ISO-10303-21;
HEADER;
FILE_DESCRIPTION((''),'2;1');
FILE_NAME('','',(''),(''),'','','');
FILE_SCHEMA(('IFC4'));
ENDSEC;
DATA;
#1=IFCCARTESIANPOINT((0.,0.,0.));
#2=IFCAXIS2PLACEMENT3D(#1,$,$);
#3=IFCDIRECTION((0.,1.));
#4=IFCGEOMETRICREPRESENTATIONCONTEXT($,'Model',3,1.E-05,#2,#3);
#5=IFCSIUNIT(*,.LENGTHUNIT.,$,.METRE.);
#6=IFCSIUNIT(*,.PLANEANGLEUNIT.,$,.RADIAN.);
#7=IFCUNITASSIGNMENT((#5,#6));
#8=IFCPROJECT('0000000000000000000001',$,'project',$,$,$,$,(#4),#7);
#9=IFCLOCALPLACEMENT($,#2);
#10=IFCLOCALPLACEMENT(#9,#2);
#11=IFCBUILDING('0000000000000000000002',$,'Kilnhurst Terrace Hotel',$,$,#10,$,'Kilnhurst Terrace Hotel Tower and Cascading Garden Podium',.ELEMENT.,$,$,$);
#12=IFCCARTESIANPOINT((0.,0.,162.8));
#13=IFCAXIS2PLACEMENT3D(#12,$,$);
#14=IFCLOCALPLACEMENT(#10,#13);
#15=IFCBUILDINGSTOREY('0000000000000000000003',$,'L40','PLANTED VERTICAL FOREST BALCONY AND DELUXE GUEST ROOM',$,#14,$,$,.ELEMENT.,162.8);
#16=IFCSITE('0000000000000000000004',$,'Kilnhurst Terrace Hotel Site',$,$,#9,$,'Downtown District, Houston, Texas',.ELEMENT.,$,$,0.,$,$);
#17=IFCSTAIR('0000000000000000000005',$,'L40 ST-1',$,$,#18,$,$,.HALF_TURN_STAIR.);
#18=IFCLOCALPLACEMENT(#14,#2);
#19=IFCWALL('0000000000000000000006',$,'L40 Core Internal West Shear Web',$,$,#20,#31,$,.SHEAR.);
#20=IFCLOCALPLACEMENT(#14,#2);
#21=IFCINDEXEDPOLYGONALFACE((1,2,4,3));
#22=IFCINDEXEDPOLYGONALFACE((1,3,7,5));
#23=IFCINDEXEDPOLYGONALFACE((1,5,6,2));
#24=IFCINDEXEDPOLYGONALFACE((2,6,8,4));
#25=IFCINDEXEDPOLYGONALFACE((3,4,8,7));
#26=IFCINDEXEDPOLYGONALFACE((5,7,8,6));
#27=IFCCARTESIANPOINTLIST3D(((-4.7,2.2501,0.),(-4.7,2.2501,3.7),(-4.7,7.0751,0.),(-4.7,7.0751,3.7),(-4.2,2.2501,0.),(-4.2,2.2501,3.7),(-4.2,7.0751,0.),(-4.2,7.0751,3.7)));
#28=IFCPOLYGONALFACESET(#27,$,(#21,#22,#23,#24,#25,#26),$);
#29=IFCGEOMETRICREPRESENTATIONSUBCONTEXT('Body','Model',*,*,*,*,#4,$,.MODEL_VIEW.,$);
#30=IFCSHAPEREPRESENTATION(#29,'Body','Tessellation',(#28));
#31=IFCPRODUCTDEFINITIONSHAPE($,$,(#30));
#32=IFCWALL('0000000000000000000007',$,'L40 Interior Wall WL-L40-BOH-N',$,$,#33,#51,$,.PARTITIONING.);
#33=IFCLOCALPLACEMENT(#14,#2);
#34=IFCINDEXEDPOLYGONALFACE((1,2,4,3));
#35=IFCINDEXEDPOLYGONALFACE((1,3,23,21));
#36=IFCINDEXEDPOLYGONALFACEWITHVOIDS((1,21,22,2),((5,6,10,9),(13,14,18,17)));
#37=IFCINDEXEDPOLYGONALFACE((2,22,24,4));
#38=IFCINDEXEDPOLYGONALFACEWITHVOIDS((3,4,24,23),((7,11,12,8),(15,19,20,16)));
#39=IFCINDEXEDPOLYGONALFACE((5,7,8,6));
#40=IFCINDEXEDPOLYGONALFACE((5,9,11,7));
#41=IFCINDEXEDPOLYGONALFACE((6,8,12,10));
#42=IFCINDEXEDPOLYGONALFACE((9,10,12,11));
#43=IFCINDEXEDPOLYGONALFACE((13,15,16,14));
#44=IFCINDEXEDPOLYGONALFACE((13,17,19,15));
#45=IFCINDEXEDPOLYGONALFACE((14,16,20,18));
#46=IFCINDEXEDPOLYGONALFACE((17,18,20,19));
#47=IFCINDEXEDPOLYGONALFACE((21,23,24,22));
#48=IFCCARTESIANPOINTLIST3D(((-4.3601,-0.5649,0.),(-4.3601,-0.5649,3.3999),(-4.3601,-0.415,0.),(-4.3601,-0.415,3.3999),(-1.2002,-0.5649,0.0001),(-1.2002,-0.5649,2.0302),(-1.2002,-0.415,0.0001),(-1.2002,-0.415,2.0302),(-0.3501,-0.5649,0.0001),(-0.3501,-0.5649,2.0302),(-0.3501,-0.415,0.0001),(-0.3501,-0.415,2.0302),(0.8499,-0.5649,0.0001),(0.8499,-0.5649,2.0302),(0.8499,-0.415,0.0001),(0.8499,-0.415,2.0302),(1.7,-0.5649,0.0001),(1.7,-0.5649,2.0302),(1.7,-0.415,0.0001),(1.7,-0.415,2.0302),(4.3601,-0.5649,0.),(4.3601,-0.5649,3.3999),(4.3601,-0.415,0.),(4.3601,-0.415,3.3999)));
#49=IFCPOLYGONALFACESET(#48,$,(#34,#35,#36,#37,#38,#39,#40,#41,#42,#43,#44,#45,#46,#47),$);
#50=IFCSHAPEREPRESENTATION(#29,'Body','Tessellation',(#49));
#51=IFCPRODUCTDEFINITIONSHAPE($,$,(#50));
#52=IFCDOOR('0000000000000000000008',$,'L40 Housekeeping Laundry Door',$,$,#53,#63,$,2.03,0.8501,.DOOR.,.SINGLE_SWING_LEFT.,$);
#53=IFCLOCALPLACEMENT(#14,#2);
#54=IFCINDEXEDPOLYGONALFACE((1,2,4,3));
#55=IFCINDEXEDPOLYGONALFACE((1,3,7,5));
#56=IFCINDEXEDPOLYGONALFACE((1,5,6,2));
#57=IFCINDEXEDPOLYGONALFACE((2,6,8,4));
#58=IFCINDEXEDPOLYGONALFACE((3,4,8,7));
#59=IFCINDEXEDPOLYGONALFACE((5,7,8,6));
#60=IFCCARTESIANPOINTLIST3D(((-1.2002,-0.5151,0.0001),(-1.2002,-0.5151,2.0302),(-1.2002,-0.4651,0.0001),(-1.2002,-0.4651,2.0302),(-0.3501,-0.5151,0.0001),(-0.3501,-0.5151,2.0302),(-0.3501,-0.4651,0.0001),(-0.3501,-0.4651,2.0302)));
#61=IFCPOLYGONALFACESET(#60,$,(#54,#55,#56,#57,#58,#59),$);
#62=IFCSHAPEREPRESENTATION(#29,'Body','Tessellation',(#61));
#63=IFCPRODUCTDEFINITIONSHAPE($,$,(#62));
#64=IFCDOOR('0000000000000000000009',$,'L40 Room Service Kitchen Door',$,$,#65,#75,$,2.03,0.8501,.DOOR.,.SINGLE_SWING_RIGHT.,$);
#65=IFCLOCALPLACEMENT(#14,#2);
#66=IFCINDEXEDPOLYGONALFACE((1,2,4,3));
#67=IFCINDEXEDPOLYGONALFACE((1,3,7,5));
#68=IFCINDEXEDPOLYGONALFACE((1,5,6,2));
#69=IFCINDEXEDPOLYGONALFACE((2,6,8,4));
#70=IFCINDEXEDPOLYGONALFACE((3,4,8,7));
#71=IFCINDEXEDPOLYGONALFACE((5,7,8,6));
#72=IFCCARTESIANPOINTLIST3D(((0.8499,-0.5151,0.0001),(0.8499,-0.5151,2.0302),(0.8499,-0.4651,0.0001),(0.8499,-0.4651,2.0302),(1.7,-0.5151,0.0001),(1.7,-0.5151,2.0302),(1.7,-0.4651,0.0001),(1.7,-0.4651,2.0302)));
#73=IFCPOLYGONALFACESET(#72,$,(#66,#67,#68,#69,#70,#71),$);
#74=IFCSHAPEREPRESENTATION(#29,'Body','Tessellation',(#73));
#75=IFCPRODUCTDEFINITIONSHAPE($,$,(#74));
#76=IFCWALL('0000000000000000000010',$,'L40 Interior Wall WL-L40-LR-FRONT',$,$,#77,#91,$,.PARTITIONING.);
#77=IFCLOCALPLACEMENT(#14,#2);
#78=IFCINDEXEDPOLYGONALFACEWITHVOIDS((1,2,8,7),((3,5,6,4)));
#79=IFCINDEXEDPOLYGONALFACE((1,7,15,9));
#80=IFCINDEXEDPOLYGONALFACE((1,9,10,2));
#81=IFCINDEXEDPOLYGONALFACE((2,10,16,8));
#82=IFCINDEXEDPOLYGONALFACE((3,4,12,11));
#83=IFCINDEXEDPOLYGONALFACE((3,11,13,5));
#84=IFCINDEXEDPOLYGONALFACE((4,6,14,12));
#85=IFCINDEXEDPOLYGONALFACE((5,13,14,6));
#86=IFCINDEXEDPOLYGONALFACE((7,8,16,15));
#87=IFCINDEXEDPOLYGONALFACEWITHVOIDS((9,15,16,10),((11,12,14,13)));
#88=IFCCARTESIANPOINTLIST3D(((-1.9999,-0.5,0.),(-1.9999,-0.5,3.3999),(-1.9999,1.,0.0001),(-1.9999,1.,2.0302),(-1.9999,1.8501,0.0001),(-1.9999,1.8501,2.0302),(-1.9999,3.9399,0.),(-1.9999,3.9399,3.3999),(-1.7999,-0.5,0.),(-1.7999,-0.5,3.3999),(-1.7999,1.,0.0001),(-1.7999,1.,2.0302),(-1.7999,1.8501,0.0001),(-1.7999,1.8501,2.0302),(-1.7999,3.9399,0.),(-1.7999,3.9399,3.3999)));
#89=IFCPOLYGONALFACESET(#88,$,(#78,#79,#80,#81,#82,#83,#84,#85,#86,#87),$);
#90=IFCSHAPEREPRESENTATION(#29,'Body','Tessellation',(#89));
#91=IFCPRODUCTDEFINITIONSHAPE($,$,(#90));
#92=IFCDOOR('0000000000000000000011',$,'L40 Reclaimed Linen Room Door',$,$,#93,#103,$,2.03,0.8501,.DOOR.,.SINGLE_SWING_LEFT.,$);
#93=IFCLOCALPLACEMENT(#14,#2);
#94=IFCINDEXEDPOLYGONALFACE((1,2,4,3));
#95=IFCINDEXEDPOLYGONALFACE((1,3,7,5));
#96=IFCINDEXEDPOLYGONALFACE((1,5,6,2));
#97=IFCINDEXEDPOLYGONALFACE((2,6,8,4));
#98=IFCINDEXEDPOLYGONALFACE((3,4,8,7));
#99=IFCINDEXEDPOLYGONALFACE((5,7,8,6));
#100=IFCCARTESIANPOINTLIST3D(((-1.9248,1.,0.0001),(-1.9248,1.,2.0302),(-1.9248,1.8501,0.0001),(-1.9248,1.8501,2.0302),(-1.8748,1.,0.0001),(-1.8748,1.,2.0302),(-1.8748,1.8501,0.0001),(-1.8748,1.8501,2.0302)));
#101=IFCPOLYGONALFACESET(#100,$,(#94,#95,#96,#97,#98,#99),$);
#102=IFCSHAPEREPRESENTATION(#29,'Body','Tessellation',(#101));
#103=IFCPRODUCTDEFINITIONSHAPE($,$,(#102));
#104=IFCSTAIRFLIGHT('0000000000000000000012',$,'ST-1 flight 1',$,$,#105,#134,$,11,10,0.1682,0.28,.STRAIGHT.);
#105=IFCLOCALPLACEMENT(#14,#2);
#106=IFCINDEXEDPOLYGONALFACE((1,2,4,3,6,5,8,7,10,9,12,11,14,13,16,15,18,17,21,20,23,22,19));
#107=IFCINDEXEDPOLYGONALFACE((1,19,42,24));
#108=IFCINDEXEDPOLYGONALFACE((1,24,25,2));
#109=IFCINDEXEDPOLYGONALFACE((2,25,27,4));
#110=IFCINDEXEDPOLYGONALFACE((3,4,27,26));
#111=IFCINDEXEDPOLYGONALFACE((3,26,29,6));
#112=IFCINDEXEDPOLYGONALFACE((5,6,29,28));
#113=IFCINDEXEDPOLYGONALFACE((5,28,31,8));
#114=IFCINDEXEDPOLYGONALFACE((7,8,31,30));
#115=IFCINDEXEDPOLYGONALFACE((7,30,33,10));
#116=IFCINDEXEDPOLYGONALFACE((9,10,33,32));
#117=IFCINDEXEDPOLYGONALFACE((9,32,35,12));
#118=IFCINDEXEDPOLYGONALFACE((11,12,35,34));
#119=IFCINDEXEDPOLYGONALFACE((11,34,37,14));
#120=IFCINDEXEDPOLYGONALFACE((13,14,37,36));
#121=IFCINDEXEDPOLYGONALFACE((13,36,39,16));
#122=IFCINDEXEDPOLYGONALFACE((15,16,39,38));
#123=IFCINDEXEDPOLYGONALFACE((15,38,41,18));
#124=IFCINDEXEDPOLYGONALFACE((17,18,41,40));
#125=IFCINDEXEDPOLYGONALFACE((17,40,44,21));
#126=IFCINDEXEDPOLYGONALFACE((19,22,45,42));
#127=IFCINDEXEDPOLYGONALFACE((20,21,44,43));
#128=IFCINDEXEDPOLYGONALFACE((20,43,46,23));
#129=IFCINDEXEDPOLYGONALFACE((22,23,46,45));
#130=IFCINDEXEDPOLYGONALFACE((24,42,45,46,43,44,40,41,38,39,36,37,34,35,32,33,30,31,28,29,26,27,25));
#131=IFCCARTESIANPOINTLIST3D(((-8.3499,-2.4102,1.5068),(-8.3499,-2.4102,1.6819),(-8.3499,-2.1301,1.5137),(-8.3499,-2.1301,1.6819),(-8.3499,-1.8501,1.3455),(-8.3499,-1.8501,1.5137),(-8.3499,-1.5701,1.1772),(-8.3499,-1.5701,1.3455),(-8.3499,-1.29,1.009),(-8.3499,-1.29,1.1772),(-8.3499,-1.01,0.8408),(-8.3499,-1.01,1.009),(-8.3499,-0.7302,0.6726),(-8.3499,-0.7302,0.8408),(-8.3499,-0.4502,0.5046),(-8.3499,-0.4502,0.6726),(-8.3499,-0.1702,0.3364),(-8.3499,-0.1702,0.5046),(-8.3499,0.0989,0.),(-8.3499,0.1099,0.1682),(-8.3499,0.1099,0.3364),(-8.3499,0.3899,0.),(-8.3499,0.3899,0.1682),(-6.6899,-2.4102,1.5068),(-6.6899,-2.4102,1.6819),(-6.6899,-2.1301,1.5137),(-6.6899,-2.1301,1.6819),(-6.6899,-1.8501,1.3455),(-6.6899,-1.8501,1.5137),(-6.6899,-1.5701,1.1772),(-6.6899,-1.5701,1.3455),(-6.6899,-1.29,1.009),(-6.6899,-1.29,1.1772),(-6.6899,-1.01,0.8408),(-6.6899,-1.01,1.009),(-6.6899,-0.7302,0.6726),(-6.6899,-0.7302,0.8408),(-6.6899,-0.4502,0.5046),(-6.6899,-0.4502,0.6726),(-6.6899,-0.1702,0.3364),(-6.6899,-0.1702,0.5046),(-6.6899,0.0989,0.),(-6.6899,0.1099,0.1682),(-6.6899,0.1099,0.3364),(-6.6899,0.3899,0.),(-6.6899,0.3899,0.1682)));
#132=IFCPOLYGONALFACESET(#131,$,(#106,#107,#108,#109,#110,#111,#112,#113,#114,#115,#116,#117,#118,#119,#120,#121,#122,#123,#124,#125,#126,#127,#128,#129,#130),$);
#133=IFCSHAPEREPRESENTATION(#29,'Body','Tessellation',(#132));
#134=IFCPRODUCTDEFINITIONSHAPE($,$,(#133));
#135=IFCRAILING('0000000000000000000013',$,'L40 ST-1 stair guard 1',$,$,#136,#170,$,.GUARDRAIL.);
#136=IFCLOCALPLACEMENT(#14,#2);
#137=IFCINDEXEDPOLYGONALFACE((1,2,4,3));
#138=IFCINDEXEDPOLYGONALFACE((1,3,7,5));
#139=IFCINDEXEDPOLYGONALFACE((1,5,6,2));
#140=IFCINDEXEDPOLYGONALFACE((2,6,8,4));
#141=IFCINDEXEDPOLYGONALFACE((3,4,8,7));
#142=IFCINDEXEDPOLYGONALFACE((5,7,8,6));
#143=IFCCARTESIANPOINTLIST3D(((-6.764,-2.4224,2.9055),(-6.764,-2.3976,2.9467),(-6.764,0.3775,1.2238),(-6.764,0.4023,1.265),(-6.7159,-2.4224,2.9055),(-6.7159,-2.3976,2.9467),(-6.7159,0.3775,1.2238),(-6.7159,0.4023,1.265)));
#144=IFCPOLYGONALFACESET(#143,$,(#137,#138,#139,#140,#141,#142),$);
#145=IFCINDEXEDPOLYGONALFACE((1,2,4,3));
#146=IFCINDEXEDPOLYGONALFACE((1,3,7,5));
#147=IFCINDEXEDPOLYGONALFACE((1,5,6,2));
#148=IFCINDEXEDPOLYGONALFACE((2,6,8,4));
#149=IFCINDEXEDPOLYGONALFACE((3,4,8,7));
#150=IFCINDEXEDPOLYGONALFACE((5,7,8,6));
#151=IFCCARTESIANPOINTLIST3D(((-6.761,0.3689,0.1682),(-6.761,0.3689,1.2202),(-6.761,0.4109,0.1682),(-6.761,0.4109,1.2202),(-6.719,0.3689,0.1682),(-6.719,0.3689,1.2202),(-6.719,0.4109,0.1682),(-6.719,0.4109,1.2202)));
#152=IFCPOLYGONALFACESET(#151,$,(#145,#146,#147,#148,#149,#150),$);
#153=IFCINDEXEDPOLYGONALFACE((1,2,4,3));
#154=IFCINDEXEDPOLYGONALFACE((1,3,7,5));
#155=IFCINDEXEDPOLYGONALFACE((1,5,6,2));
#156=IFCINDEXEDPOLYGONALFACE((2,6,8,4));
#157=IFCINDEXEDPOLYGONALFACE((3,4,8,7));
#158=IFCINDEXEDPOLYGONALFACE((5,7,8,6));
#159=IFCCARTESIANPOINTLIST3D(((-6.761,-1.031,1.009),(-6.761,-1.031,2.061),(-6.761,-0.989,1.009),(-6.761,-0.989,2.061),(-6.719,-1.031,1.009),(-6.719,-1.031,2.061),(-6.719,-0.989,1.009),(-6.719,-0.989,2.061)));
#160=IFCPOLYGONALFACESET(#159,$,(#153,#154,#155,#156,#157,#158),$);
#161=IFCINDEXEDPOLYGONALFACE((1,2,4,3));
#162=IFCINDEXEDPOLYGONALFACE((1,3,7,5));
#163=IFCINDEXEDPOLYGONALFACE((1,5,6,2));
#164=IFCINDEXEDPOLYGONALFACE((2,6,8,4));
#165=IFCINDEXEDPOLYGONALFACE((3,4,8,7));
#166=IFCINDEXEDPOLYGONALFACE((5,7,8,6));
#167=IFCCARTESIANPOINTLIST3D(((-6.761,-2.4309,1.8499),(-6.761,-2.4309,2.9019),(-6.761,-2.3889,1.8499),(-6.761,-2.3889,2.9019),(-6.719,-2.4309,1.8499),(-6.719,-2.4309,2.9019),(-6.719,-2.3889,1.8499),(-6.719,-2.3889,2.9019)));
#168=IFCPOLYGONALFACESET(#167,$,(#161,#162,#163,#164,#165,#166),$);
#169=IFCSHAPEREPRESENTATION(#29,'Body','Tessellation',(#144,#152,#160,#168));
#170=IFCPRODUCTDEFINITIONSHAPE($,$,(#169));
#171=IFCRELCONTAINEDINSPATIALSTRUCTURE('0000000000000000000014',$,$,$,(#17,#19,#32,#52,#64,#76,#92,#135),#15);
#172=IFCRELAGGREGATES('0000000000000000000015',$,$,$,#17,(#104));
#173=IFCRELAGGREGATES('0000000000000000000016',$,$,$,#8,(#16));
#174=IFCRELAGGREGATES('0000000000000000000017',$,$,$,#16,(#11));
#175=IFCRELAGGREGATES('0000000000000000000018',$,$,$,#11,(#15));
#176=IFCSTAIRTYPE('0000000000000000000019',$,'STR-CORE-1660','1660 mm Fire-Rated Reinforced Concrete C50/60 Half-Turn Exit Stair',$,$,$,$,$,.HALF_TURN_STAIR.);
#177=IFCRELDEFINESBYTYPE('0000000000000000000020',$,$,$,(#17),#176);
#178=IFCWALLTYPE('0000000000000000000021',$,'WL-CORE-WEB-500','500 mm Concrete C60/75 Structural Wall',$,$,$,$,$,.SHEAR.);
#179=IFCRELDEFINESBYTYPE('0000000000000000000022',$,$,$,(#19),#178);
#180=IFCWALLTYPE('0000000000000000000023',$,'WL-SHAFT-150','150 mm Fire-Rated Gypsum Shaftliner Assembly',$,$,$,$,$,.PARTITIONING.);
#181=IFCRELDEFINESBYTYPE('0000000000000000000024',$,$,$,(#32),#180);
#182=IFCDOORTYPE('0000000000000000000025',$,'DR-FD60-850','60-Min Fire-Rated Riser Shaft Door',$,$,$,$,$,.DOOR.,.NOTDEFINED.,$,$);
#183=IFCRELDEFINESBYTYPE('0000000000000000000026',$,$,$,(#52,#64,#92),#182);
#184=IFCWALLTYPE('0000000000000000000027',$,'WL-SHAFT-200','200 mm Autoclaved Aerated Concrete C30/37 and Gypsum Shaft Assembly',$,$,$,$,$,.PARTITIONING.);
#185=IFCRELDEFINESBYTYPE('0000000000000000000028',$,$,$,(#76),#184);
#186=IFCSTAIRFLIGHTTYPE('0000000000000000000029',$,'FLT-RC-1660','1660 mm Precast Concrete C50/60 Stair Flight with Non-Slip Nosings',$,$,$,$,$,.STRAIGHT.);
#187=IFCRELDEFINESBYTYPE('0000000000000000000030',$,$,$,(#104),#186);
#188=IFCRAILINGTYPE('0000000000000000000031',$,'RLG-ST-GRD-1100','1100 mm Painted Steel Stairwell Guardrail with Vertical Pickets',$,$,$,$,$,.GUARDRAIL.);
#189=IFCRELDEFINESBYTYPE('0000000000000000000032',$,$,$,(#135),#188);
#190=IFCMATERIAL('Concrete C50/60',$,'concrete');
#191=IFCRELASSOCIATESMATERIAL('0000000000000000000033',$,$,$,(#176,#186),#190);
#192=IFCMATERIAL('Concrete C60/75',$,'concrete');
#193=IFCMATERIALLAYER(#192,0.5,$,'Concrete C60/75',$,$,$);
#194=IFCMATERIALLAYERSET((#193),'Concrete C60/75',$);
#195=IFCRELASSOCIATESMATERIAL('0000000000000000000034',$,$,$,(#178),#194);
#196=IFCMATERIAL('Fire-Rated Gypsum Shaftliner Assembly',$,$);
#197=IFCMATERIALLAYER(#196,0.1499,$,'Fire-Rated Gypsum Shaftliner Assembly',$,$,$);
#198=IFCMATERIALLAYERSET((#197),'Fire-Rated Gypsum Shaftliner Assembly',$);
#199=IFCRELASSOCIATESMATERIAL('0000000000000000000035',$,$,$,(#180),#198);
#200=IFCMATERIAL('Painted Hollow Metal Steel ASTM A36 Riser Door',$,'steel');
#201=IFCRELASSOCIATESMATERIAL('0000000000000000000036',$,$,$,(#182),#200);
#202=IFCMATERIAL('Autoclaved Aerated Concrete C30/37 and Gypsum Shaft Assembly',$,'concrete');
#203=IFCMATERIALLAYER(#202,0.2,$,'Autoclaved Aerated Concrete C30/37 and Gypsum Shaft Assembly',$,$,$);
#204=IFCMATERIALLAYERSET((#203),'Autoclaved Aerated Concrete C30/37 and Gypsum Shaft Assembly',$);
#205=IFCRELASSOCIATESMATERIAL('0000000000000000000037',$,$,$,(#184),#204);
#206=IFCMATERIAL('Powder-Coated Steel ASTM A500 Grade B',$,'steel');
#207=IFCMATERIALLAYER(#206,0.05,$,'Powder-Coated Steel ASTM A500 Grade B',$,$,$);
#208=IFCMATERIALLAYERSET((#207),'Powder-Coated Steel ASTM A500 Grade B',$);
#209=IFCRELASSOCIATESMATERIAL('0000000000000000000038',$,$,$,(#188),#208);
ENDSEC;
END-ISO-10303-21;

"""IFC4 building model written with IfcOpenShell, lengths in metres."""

from ifc_helpers import new_model, si_unit, direction, frame, frame_2d, origin, origin_2d, place, context, subcontext, project, spatial, polyline, rectangle, outline, extrude, material, layer, layer_set, type_object, element, fill, aggregate, save


model = new_model("IFC4")

# Units and contexts
model_context = context("Model", 3, precision=1e-05, world=origin(), true_north=direction((0.0, 1.0)))
body_context = subcontext(model_context, "Body", "Model", "MODEL_VIEW")
ifc_project = project(units=[si_unit("LENGTHUNIT", "METRE"), si_unit("PLANEANGLEUNIT", "RADIAN")], contexts=[model_context])

# Site, building, storey
site_placement = place(None, origin())
site = spatial("IfcSite", under=ifc_project, at=site_placement, Name="Kilnhurst Terrace Hotel Site", LongName="Downtown District, Houston, Texas", CompositionType="ELEMENT", RefElevation=0.0)
building_placement = place(site_placement, origin())
building = spatial("IfcBuilding", under=site, at=building_placement, Name="Kilnhurst Terrace Hotel", LongName="Kilnhurst Terrace Hotel Tower and Cascading Garden Podium", CompositionType="ELEMENT")
storey_placement = place(building_placement, frame((0.0, 0.0, 162.8)))
storey = spatial("IfcBuildingStorey", under=building, at=storey_placement, Name="L40", Description="PLANTED VERTICAL FOREST BALCONY AND DELUXE GUEST ROOM", CompositionType="ELEMENT", Elevation=162.8)

# Shared definitions
ifc_material_1 = material(Name="Concrete C50/60", Category="concrete")

# Stair
stair_type = type_object("IfcStairType", Name="STR-CORE-1660", Description="1660 mm Fire-Rated Reinforced Concrete C50/60 Half-Turn Exit Stair", PredefinedType="HALF_TURN_STAIR", material=ifc_material_1)
stair_1_placement = place(storey_placement, origin())
stair_1 = element("IfcStair", 1, at=stair_1_placement, inside=storey, type_object=stair_type, Name="L40 ST-1", PredefinedType="HALF_TURN_STAIR")

# Wall
ifc_material_2 = material(Name="Concrete C60/75", Category="concrete")
ifc_layer_1 = layer(ifc_material_2, 0.5, Name="Concrete C60/75")
ifc_layer_set_1 = layer_set([ifc_layer_1], Name="Concrete C60/75")
wall_type_1 = type_object("IfcWallType", Name="WL-CORE-WEB-500", Description="500 mm Concrete C60/75 Structural Wall", PredefinedType="SHEAR", material=ifc_layer_set_1)
wall_1_placement = place(storey_placement, frame((-4.45, 2.25, 0.0), z_axis=(0.0, 0.0, 1.0), x_axis=(0.0, 1.0, 0.0)))
element("IfcWall", 2, at=wall_1_placement, inside=storey, type_object=wall_type_1, Name="L40 Core Internal West Shear Web", PredefinedType="SHEAR", context=body_context, shape_type="SweptSolid", body=[
    extrude(rectangle(XDim=4.825, YDim=0.5, at=frame_2d((2.4126, 0.0))), origin(), (0.0, 0.0, 1.0), 3.7),
])

# Wall, openings, doors
ifc_material_3 = material(Name="Fire-Rated Gypsum Shaftliner Assembly")
ifc_layer_2 = layer(ifc_material_3, 0.1499, Name="Fire-Rated Gypsum Shaftliner Assembly")
ifc_layer_set_2 = layer_set([ifc_layer_2], Name="Fire-Rated Gypsum Shaftliner Assembly")
wall_type_2 = type_object("IfcWallType", Name="WL-SHAFT-150", Description="150 mm Fire-Rated Gypsum Shaftliner Assembly", PredefinedType="PARTITIONING", material=ifc_layer_set_2)
wall_2_placement = place(storey_placement, frame((-4.3601, -0.49, 0.0), z_axis=(0.0, 0.0, 1.0), x_axis=(1.0, 0.0, 0.0)))
wall_2 = element("IfcWall", 3, at=wall_2_placement, inside=storey, type_object=wall_type_2, Name="L40 Interior Wall WL-L40-BOH-N", PredefinedType="PARTITIONING", context=body_context, shape_type="SweptSolid", body=[
    extrude(rectangle(XDim=8.7202, YDim=0.1499, at=frame_2d((4.3601, 0.0))), origin(), (0.0, 0.0, 1.0), 3.3999),
])
opening_1_placement = place(wall_2_placement, frame((3.1599, 0.0, 0.0)))
opening_1 = element("IfcOpeningElement", 4, at=opening_1_placement, cuts=wall_2, PredefinedType="OPENING", context=body_context, shape_type="SweptSolid", body=[
    extrude(rectangle(XDim=0.8501, YDim=2.03, at=frame_2d((0.425, 1.0151))), frame((0.0, 0.085, 0.0), z_axis=(0.0, -1.0, 0.0), x_axis=(1.0, 0.0, 0.0)), (0.0, 0.0, 1.0), 0.1699),
])
opening_2_placement = place(wall_2_placement, frame((5.21, 0.0, 0.0)))
opening_2 = element("IfcOpeningElement", 5, at=opening_2_placement, cuts=wall_2, PredefinedType="OPENING", context=body_context, shape_type="SweptSolid", body=[
    extrude(rectangle(XDim=0.8501, YDim=2.03, at=frame_2d((0.425, 1.0151))), frame((0.0, 0.085, 0.0), z_axis=(0.0, -1.0, 0.0), x_axis=(1.0, 0.0, 0.0)), (0.0, 0.0, 1.0), 0.1699),
])
ifc_material_4 = material(Name="Painted Hollow Metal Steel ASTM A36 Riser Door", Category="steel")
door_type_1 = type_object("IfcDoorType", Name="DR-FD60-850", Description="60-Min Fire-Rated Riser Shaft Door", OperationType="NOTDEFINED", PredefinedType="DOOR", material=ifc_material_4)
door_1_placement = place(opening_1_placement, origin())
door_1 = element("IfcDoor", 6, at=door_1_placement, inside=storey, type_object=door_type_1, Name="L40 Housekeeping Laundry Door", OperationType="SINGLE_SWING_LEFT", OverallHeight=2.03, OverallWidth=0.8501, PredefinedType="DOOR", context=body_context, shape_type="SweptSolid", body=[
    extrude(rectangle(XDim=0.8501, YDim=2.03, at=frame_2d((0.425, 1.0151))), frame((0.0, 0.0249, 0.0), z_axis=(0.0, -1.0, 0.0), x_axis=(1.0, 0.0, 0.0)), (0.0, 0.0, 1.0), 0.05),
])
fill(opening_1, door_1)
door_2_placement = place(opening_2_placement, origin())
door_2 = element("IfcDoor", 7, at=door_2_placement, inside=storey, type_object=door_type_1, Name="L40 Room Service Kitchen Door", OperationType="SINGLE_SWING_RIGHT", OverallHeight=2.03, OverallWidth=0.8501, PredefinedType="DOOR", context=body_context, shape_type="SweptSolid", body=[
    extrude(rectangle(XDim=0.8501, YDim=2.03, at=frame_2d((0.425, 1.0151))), frame((0.0, 0.0249, 0.0), z_axis=(0.0, -1.0, 0.0), x_axis=(1.0, 0.0, 0.0)), (0.0, 0.0, 1.0), 0.05),
])
fill(opening_2, door_2)

# Wall, opening, door
ifc_material_5 = material(Name="Autoclaved Aerated Concrete C30/37 and Gypsum Shaft Assembly", Category="concrete")
ifc_layer_3 = layer(ifc_material_5, 0.2, Name="Autoclaved Aerated Concrete C30/37 and Gypsum Shaft Assembly")
ifc_layer_set_3 = layer_set([ifc_layer_3], Name="Autoclaved Aerated Concrete C30/37 and Gypsum Shaft Assembly")
wall_type_3 = type_object("IfcWallType", Name="WL-SHAFT-200", Description="200 mm Autoclaved Aerated Concrete C30/37 and Gypsum Shaft Assembly", PredefinedType="PARTITIONING", material=ifc_layer_set_3)
wall_3_placement = place(storey_placement, frame((-1.8999, -0.5, 0.0), z_axis=(0.0, 0.0, 1.0), x_axis=(0.0, 1.0, 0.0)))
wall_3 = element("IfcWall", 8, at=wall_3_placement, inside=storey, type_object=wall_type_3, Name="L40 Interior Wall WL-L40-LR-FRONT", PredefinedType="PARTITIONING", context=body_context, shape_type="SweptSolid", body=[
    extrude(rectangle(XDim=4.4399, YDim=0.2, at=frame_2d((2.22, 0.0))), origin(), (0.0, 0.0, 1.0), 3.3999),
])
opening_3_placement = place(wall_3_placement, frame((1.5, 0.0, 0.0)))
opening_3 = element("IfcOpeningElement", 9, at=opening_3_placement, cuts=wall_3, PredefinedType="OPENING", context=body_context, shape_type="SweptSolid", body=[
    extrude(rectangle(XDim=0.8501, YDim=2.03, at=frame_2d((0.425, 1.0151))), frame((0.0, 0.1099, 0.0), z_axis=(0.0, -1.0, 0.0), x_axis=(1.0, 0.0, 0.0)), (0.0, 0.0, 1.0), 0.22),
])
door_3_placement = place(opening_3_placement, origin())
door_3 = element("IfcDoor", 10, at=door_3_placement, inside=storey, type_object=door_type_1, Name="L40 Reclaimed Linen Room Door", OperationType="SINGLE_SWING_LEFT", OverallHeight=2.03, OverallWidth=0.8501, PredefinedType="DOOR", context=body_context, shape_type="SweptSolid", body=[
    extrude(rectangle(XDim=0.8501, YDim=2.03, at=frame_2d((0.425, 1.0151))), frame((0.0, 0.0249, 0.0), z_axis=(0.0, -1.0, 0.0), x_axis=(1.0, 0.0, 0.0)), (0.0, 0.0, 1.0), 0.05),
])
fill(opening_3, door_3)

# Stair flight
stair_flight_type = type_object("IfcStairFlightType", Name="FLT-RC-1660", Description="1660 mm Precast Concrete C50/60 Stair Flight with Non-Slip Nosings", PredefinedType="STRAIGHT", material=ifc_material_1)
stair_flight_placement = place(storey_placement, frame((-7.52, 0.3899, 0.0), z_axis=(0.0, 0.0, 1.0), x_axis=(0.0, -1.0, 0.0)))
stair_flight = element("IfcStairFlight", 11, at=stair_flight_placement, type_object=stair_flight_type, Name="ST-1 flight 1", NumberOfRisers=11, NumberOfTreads=10, PredefinedType="STRAIGHT", RiserHeight=0.1682, TreadLength=0.28, context=body_context, shape_type="SweptSolid", body=[
    extrude(outline(polyline([(0.0, 0.0), (0.0, 0.1682), (0.28, 0.1682), (0.28, 0.3364), (0.5601, 0.3364), (0.5601, 0.5046), (0.8401, 0.5046), (0.8401, 0.6726), (1.1201, 0.6726), (1.1201, 0.8408), (1.3999, 0.8408), (1.3999, 1.009), (1.6799, 1.009), (1.6799, 1.1772), (1.96, 1.1772), (1.96, 1.3455), (2.24, 1.3455), (2.24, 1.5137), (2.52, 1.5137), (2.52, 1.6819), (2.8, 1.6819), (2.8, 1.8501), (2.8, 1.5068), (0.291, 0.0), (0.0, 0.0)])), frame((0.0, 0.8301, 0.0), z_axis=(0.0, -1.0, 0.0), x_axis=(1.0, 0.0, 0.0)), (0.0, 0.0, 1.0), 1.6599),
])
aggregate(stair_1, [stair_flight])

# Railing
ifc_material_6 = material(Name="Powder-Coated Steel ASTM A500 Grade B", Category="steel")
ifc_layer_4 = layer(ifc_material_6, 0.05, Name="Powder-Coated Steel ASTM A500 Grade B")
ifc_layer_set_4 = layer_set([ifc_layer_4], Name="Powder-Coated Steel ASTM A500 Grade B")
railing_type_1 = type_object("IfcRailingType", Name="RLG-ST-GRD-1100", Description="1100 mm Painted Steel Stairwell Guardrail with Vertical Pickets", PredefinedType="GUARDRAIL", material=ifc_layer_set_4)
railing_1_placement = place(storey_placement, frame((-6.74, 0.3899, 0.1682)))
element("IfcRailing", 12, at=railing_1_placement, inside=storey, type_object=railing_type_1, Name="L40 ST-1 stair guard 1", PredefinedType="GUARDRAIL", context=body_context, shape_type="SweptSolid", body=[
    extrude(rectangle(XDim=0.0481, YDim=0.0481, at=origin_2d()), frame((0.0, 0.0, 1.0762), z_axis=(0.0, -0.857255, 0.514891), x_axis=(1.0, 0.0, 0.0)), (0.0, 0.0, 1.0), 3.2661),
    extrude(rectangle(XDim=0.042, YDim=0.042, at=origin_2d()), origin(), (0.0, 0.0, 1.0), 1.052),
    extrude(rectangle(XDim=0.042, YDim=0.042, at=origin_2d()), frame((0.0, -1.3999, 0.8408)), (0.0, 0.0, 1.0), 1.052),
    extrude(rectangle(XDim=0.042, YDim=0.042, at=origin_2d()), frame((0.0, -2.7998, 1.6816)), (0.0, 0.0, 1.0), 1.052),
])

save(model, "model.ifc")
